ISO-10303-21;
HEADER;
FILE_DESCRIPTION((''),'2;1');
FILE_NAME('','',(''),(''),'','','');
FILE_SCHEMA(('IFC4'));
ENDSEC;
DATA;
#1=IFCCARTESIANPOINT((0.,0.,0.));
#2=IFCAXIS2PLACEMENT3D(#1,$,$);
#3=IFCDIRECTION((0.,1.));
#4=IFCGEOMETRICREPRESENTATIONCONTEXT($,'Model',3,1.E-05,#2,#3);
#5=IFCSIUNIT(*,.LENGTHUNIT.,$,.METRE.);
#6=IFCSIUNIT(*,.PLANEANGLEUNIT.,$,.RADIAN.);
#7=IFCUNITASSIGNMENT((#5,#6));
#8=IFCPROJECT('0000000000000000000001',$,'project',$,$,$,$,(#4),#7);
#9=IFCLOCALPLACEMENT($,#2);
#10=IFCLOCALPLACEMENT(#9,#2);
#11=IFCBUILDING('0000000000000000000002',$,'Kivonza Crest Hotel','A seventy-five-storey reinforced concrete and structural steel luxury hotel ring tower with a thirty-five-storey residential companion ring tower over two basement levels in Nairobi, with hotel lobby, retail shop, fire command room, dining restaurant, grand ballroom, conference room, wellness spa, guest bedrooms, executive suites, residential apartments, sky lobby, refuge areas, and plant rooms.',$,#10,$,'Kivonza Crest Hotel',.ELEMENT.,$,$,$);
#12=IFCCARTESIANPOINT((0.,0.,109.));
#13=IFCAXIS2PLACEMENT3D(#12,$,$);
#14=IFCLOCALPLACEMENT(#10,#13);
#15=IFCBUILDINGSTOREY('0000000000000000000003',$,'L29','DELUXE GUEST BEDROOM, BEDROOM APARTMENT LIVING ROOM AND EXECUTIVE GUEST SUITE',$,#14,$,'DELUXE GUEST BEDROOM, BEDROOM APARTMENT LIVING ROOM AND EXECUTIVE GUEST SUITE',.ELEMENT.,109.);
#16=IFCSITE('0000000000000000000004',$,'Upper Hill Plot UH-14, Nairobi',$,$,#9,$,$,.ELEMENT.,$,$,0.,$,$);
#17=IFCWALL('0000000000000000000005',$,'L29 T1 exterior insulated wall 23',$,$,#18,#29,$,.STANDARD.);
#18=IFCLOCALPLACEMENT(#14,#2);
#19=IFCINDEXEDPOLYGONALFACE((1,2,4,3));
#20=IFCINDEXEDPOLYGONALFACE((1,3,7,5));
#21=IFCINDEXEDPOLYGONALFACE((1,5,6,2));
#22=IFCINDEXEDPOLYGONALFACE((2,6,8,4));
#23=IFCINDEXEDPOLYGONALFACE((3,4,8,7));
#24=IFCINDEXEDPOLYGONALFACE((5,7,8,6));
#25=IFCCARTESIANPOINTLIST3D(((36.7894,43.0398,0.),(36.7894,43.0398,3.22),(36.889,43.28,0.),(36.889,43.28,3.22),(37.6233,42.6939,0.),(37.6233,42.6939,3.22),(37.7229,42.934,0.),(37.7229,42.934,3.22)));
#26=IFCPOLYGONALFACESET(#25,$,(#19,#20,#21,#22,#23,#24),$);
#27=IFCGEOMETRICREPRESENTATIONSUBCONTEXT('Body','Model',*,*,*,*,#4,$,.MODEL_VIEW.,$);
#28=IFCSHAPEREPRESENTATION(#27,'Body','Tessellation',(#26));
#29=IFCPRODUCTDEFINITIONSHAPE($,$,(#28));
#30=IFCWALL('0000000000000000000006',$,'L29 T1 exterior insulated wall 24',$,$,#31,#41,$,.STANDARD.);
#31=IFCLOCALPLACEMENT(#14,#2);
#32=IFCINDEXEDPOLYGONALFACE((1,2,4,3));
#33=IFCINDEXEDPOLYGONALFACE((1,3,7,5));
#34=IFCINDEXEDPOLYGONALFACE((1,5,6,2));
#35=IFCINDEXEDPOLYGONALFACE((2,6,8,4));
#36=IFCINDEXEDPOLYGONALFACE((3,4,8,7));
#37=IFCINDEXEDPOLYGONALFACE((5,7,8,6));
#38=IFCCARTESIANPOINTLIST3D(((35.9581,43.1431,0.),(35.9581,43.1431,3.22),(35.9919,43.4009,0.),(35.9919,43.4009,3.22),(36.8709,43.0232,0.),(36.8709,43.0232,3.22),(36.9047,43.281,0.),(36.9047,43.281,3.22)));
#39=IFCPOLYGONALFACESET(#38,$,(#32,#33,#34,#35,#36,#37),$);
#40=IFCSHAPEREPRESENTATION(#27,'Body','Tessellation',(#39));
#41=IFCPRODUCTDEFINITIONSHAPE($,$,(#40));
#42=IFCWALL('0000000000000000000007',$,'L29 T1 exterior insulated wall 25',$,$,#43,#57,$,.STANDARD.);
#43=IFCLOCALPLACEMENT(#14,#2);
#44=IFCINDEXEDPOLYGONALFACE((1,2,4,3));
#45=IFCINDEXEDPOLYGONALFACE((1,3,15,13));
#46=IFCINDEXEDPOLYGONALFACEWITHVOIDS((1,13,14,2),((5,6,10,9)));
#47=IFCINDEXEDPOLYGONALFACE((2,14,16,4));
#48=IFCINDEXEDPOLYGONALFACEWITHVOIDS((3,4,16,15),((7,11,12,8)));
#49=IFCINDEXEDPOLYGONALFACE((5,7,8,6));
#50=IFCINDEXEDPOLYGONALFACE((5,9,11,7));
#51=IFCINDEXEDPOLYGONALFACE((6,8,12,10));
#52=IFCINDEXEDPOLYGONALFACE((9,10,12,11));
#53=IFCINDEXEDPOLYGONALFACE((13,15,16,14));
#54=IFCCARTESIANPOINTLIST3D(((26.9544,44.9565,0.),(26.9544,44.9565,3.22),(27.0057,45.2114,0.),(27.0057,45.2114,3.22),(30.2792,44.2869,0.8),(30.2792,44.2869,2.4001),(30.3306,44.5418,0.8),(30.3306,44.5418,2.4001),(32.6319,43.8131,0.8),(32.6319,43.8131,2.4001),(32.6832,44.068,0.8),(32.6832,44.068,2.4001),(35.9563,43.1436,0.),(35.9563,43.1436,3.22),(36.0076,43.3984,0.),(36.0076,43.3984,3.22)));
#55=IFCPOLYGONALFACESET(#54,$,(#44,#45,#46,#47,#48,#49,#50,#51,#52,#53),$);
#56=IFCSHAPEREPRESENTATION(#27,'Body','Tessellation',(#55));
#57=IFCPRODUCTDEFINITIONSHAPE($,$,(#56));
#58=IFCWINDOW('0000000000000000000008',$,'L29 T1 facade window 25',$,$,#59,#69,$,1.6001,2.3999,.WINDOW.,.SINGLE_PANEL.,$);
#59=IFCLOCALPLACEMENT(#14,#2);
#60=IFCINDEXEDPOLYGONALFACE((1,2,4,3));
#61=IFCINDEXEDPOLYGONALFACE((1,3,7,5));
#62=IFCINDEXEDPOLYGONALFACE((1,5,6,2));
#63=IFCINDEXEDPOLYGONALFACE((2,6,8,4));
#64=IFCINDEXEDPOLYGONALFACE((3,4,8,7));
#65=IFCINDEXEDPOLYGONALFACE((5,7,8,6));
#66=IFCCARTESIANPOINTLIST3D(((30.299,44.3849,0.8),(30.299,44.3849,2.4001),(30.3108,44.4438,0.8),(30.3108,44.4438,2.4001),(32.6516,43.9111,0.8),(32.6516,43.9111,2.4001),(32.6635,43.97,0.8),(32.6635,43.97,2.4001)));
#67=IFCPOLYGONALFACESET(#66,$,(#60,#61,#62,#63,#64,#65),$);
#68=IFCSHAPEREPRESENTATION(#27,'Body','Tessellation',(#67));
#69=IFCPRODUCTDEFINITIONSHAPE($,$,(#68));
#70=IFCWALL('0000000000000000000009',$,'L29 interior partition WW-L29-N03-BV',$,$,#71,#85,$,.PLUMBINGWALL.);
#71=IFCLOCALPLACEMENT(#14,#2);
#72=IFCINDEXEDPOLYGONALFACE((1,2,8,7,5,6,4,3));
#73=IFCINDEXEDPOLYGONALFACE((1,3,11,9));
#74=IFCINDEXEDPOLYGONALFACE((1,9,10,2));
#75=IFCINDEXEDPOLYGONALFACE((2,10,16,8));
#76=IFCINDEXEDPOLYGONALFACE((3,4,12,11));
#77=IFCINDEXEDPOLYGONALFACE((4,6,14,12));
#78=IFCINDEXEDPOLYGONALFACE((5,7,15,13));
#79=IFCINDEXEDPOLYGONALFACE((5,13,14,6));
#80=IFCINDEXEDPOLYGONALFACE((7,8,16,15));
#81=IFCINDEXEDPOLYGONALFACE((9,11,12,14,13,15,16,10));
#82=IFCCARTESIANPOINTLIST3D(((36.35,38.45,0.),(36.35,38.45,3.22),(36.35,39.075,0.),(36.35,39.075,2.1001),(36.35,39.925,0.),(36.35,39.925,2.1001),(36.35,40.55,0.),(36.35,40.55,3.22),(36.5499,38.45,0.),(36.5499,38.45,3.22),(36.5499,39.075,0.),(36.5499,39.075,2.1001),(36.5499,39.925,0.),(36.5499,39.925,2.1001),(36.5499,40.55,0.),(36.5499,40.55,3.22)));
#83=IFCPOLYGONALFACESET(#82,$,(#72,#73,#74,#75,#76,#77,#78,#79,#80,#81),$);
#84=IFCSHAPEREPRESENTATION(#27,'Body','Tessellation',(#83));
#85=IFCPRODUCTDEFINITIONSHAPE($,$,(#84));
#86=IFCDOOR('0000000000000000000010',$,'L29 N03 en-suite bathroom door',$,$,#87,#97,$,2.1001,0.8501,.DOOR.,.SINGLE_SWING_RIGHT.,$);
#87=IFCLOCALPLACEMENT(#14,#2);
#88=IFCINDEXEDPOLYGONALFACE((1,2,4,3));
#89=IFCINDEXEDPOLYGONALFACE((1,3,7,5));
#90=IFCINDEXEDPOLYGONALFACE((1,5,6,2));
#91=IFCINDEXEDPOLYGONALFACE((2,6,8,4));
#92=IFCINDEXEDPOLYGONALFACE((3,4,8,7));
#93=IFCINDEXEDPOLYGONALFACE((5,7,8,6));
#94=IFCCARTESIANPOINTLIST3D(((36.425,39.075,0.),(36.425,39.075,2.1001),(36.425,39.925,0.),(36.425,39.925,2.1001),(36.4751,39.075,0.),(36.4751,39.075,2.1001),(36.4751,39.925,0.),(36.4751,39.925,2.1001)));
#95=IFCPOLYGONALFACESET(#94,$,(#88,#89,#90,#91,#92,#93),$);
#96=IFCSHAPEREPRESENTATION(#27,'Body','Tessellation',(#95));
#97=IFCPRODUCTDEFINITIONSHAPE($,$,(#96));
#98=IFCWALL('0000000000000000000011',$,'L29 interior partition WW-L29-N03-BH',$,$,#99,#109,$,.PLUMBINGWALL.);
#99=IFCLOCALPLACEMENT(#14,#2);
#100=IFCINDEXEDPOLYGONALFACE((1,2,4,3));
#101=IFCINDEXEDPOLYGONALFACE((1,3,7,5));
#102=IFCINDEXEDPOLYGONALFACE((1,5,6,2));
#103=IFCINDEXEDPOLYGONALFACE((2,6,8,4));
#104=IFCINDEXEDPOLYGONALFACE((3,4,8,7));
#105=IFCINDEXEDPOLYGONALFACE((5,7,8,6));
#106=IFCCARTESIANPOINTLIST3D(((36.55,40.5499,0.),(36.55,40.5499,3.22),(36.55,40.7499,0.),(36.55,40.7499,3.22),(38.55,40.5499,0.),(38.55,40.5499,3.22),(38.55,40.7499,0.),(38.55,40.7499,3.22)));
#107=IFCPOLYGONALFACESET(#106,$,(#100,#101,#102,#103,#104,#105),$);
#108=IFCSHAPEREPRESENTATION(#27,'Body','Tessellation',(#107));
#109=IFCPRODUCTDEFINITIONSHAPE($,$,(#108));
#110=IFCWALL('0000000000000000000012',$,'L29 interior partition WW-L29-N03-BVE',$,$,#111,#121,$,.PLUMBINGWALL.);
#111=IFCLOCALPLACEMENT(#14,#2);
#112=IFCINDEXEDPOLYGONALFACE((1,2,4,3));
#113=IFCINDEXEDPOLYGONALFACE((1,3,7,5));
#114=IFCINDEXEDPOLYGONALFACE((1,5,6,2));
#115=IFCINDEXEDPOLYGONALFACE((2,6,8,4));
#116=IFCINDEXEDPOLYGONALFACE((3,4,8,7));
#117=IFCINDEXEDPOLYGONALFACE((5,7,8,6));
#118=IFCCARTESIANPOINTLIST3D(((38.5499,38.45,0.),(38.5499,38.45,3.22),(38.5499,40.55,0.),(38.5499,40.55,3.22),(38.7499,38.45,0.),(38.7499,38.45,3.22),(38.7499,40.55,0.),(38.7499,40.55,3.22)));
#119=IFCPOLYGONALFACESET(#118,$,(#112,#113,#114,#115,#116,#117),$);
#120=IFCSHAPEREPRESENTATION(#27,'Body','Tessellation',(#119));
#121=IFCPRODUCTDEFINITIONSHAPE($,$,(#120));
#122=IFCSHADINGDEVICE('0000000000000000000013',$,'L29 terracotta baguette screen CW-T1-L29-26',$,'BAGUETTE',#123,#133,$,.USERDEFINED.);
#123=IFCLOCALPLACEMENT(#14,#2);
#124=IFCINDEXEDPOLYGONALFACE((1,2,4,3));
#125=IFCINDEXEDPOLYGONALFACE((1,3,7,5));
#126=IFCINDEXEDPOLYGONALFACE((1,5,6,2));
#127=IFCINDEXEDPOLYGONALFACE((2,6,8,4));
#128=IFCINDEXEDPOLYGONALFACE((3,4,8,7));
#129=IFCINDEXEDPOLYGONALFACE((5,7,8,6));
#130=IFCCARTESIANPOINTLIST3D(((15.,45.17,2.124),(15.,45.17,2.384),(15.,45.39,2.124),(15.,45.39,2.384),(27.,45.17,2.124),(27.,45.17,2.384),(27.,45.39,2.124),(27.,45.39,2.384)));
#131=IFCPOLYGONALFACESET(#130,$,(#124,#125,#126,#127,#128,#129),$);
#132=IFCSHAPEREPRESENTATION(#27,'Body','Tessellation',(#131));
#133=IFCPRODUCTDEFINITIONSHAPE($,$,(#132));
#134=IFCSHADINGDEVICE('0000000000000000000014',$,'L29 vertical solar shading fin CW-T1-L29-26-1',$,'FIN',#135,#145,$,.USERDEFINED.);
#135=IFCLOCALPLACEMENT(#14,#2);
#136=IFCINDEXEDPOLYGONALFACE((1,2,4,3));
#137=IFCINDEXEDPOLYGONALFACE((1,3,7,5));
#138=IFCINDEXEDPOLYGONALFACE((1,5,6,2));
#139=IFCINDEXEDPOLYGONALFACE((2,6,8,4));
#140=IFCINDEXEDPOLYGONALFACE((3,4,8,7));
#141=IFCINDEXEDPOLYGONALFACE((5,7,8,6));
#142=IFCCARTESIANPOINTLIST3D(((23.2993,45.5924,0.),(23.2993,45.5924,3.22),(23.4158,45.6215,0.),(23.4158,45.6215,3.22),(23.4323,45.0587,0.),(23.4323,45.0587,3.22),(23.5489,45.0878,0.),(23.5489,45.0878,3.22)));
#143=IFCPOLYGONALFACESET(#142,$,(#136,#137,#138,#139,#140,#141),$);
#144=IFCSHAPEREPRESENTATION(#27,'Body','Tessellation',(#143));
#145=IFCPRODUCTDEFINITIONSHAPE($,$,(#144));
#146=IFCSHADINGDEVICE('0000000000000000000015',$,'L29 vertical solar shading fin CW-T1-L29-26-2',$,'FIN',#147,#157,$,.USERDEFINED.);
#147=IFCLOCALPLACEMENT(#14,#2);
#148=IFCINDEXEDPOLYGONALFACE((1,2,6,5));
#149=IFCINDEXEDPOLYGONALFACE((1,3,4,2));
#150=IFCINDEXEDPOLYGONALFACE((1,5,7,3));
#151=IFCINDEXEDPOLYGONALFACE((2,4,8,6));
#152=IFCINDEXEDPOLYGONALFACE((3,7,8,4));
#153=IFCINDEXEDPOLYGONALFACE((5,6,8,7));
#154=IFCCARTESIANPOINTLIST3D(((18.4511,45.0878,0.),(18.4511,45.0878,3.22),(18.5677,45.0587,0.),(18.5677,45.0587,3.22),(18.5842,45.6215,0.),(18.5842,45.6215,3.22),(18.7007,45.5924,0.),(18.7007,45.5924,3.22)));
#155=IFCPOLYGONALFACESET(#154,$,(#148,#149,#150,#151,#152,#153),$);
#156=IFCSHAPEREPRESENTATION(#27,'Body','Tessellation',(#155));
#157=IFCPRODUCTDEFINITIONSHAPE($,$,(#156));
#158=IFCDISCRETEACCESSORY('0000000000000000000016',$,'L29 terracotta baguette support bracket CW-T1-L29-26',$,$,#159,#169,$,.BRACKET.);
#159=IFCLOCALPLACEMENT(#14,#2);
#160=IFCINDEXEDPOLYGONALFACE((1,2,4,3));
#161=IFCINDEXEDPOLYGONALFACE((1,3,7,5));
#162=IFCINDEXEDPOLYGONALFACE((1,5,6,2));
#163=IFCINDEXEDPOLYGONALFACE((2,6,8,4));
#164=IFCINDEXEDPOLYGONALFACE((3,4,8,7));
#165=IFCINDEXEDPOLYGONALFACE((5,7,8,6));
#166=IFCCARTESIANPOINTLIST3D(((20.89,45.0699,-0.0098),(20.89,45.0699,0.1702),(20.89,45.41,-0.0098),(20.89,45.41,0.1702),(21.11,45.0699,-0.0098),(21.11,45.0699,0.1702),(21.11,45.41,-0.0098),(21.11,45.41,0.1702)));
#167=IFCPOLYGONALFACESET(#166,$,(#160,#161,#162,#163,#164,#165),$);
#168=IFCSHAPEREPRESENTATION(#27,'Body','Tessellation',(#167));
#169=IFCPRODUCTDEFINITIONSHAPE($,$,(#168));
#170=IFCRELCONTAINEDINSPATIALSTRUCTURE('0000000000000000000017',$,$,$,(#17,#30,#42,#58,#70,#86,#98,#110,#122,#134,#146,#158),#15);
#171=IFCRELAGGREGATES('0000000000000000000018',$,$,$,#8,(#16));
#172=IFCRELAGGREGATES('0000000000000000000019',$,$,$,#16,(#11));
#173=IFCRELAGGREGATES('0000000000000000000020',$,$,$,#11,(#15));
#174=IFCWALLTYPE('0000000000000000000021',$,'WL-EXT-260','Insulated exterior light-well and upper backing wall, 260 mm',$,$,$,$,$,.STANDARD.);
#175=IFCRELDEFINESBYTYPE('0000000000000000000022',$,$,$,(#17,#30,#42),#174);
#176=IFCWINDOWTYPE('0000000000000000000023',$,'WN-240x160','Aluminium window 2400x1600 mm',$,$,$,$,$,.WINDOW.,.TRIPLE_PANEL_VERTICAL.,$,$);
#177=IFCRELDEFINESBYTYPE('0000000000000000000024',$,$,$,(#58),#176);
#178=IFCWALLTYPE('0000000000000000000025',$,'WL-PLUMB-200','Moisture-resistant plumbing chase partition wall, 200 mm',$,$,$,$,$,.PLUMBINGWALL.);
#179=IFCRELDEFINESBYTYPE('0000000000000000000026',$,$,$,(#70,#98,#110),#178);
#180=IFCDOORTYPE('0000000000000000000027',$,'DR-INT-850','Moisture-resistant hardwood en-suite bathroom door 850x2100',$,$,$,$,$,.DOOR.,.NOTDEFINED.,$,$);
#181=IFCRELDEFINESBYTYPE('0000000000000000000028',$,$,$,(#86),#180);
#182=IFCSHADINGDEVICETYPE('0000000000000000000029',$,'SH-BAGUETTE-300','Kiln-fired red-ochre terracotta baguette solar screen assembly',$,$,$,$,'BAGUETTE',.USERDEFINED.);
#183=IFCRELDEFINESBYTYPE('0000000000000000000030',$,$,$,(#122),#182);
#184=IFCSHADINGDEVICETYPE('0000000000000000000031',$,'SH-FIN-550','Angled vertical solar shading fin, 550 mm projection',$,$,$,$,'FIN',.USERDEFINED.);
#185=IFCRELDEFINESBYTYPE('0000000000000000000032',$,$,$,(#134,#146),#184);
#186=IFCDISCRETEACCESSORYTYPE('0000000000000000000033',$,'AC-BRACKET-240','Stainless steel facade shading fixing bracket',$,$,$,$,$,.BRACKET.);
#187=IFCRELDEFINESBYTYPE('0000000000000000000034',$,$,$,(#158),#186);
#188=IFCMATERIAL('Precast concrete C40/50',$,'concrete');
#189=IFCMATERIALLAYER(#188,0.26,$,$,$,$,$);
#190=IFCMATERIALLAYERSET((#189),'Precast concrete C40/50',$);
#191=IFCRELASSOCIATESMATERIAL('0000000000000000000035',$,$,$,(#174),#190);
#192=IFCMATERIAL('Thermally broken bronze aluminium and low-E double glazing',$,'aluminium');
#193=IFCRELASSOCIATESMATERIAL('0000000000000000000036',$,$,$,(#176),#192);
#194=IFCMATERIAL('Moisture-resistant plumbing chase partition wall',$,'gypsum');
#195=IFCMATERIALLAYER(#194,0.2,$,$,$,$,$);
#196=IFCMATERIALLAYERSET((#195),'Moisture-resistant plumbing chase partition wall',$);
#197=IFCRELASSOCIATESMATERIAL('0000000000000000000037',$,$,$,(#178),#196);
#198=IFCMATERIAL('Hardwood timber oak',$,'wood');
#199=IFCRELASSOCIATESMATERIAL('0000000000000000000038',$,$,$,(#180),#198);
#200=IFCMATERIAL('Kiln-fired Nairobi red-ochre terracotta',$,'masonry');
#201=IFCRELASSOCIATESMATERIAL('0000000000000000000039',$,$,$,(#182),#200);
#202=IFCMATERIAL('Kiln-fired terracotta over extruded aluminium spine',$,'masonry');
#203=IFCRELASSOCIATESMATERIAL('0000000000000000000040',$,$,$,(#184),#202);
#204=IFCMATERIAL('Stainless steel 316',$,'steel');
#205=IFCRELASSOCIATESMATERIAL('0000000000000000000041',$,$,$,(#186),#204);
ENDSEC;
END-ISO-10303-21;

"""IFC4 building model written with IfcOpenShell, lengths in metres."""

from ifc_helpers import new_model, si_unit, direction, frame, frame_2d, origin, origin_2d, place, context, subcontext, project, spatial, rectangle, extrude, material, layer, layer_set, type_object, element, fill, save


model = new_model("IFC4")

# Units and contexts
model_context = context("Model", 3, precision=1e-05, world=origin(), true_north=direction((0.0, 1.0)))
body_context = subcontext(model_context, "Body", "Model", "MODEL_VIEW")
ifc_project = project(units=[si_unit("LENGTHUNIT", "METRE"), si_unit("PLANEANGLEUNIT", "RADIAN")], contexts=[model_context])

# Site, building, storey
site_placement = place(None, origin())
site = spatial("IfcSite", under=ifc_project, at=site_placement, Name="Upper Hill Plot UH-14, Nairobi", CompositionType="ELEMENT", RefElevation=0.0)
building_placement = place(site_placement, origin())
building = spatial("IfcBuilding", under=site, at=building_placement, Name="Kivonza Crest Hotel", Description="A seventy-five-storey reinforced concrete and structural steel luxury hotel ring tower with a thirty-five-storey residential companion ring tower over two basement levels in Nairobi, with hotel lobby, retail shop, fire command room, dining restaurant, grand ballroom, conference room, wellness spa, guest bedrooms, executive suites, residential apartments, sky lobby, refuge areas, and plant rooms.", LongName="Kivonza Crest Hotel", CompositionType="ELEMENT")
storey_placement = place(building_placement, frame((0.0, 0.0, 109.0)))
storey = spatial("IfcBuildingStorey", under=building, at=storey_placement, Name="L29", Description="DELUXE GUEST BEDROOM, BEDROOM APARTMENT LIVING ROOM AND EXECUTIVE GUEST SUITE", LongName="DELUXE GUEST BEDROOM, BEDROOM APARTMENT LIVING ROOM AND EXECUTIVE GUEST SUITE", CompositionType="ELEMENT", Elevation=109.0)

# Walls
ifc_material_1 = material(Name="Precast concrete C40/50", Category="concrete")
ifc_layer_1 = layer(ifc_material_1, 0.26)
ifc_layer_set_1 = layer_set([ifc_layer_1], Name="Precast concrete C40/50")
wall_type_1 = type_object("IfcWallType", Name="WL-EXT-260", Description="Insulated exterior light-well and upper backing wall, 260 mm", PredefinedType="STANDARD", material=ifc_layer_set_1)
wall_1_placement = place(storey_placement, frame((37.6731, 42.814, 0.0), z_axis=(0.0, 0.0, 1.0), x_axis=(-0.923684, 0.383156, 0.0)))
element("IfcWall", 1, at=wall_1_placement, inside=storey, type_object=wall_type_1, Name="L29 T1 exterior insulated wall 23", PredefinedType="STANDARD", context=body_context, shape_type="SweptSolid", body=[
    extrude(rectangle(XDim=0.9028, YDim=0.26, at=frame_2d((0.4514, 0.0))), origin(), (0.0, 0.0, 1.0), 3.22),
])
wall_2_placement = place(storey_placement, frame((36.8879, 43.1521, 0.0), z_axis=(0.0, 0.0, 1.0), x_axis=(-0.991488, 0.130201, 0.0)))
element("IfcWall", 2, at=wall_2_placement, inside=storey, type_object=wall_type_1, Name="L29 T1 exterior insulated wall 24", PredefinedType="STANDARD", context=body_context, shape_type="SweptSolid", body=[
    extrude(rectangle(XDim=0.9207, YDim=0.26, at=frame_2d((0.4604, 0.0))), origin(), (0.0, 0.0, 1.0), 3.22),
])

# Wall, opening, window
wall_3_placement = place(storey_placement, frame((35.9819, 43.271, 0.0), z_axis=(0.0, 0.0, 1.0), x_axis=(-0.980316, 0.197435, 0.0)))
wall_3 = element("IfcWall", 3, at=wall_3_placement, inside=storey, type_object=wall_type_1, Name="L29 T1 exterior insulated wall 25", PredefinedType="STANDARD", context=body_context, shape_type="SweptSolid", body=[
    extrude(rectangle(XDim=9.1826, YDim=0.26, at=frame_2d((4.5913, 0.0))), origin(), (0.0, 0.0, 1.0), 3.22),
])
opening_1_placement = place(wall_3_placement, frame((3.3911, 0.0, 0.8)))
opening_1 = element("IfcOpeningElement", 4, at=opening_1_placement, cuts=wall_3, PredefinedType="OPENING", context=body_context, shape_type="SweptSolid", body=[
    extrude(rectangle(XDim=2.3999, YDim=1.6001, at=frame_2d((1.2, 0.8))), frame((0.0, 0.1401, 0.0), z_axis=(0.0, -1.0, 0.0), x_axis=(1.0, 0.0, 0.0)), (0.0, 0.0, 1.0), 0.28),
])
ifc_material_2 = material(Name="Thermally broken bronze aluminium and low-E double glazing", Category="aluminium")
window_type = type_object("IfcWindowType", Name="WN-240x160", Description="Aluminium window 2400x1600 mm", PartitioningType="TRIPLE_PANEL_VERTICAL", PredefinedType="WINDOW", material=ifc_material_2)
window_placement = place(opening_1_placement, origin())
window = element("IfcWindow", 5, at=window_placement, inside=storey, type_object=window_type, Name="L29 T1 facade window 25", OverallHeight=1.6001, OverallWidth=2.3999, PartitioningType="SINGLE_PANEL", PredefinedType="WINDOW", context=body_context, shape_type="SweptSolid", body=[
    extrude(rectangle(XDim=2.3999, YDim=1.6001, at=frame_2d((1.2, 0.8))), frame((0.0, 0.03, 0.0), z_axis=(0.0, -1.0, 0.0), x_axis=(1.0, 0.0, 0.0)), (0.0, 0.0, 1.0), 0.0601),
])
fill(opening_1, window)

# Wall, opening, door
ifc_material_3 = material(Name="Moisture-resistant plumbing chase partition wall", Category="gypsum")
ifc_layer_2 = layer(ifc_material_3, 0.2)
ifc_layer_set_2 = layer_set([ifc_layer_2], Name="Moisture-resistant plumbing chase partition wall")
wall_type_2 = type_object("IfcWallType", Name="WL-PLUMB-200", Description="Moisture-resistant plumbing chase partition wall, 200 mm", PredefinedType="PLUMBINGWALL", material=ifc_layer_set_2)
wall_4_placement = place(storey_placement, frame((36.45, 38.45, 0.0), z_axis=(0.0, 0.0, 1.0), x_axis=(0.0, 1.0, 0.0)))
wall_4 = element("IfcWall", 6, at=wall_4_placement, inside=storey, type_object=wall_type_2, Name="L29 interior partition WW-L29-N03-BV", PredefinedType="PLUMBINGWALL", context=body_context, shape_type="SweptSolid", body=[
    extrude(rectangle(XDim=2.1001, YDim=0.2, at=frame_2d((1.05, 0.0))), origin(), (0.0, 0.0, 1.0), 3.22),
])
opening_2_placement = place(wall_4_placement, frame((0.625, 0.0, 0.0)))
opening_2 = element("IfcOpeningElement", 7, at=opening_2_placement, cuts=wall_4, PredefinedType="OPENING", context=body_context, shape_type="SweptSolid", body=[
    extrude(rectangle(XDim=0.8501, YDim=2.1001, at=frame_2d((0.425, 1.05))), frame((0.0, 0.1099, 0.0), z_axis=(0.0, -1.0, 0.0), x_axis=(1.0, 0.0, 0.0)), (0.0, 0.0, 1.0), 0.22),
])
ifc_material_4 = material(Name="Hardwood timber oak", Category="wood")
door_type = type_object("IfcDoorType", Name="DR-INT-850", Description="Moisture-resistant hardwood en-suite bathroom door 850x2100", OperationType="NOTDEFINED", PredefinedType="DOOR", material=ifc_material_4)
door_placement = place(opening_2_placement, origin())
door = element("IfcDoor", 8, at=door_placement, inside=storey, type_object=door_type, Name="L29 N03 en-suite bathroom door", OperationType="SINGLE_SWING_RIGHT", OverallHeight=2.1001, OverallWidth=0.8501, PredefinedType="DOOR", context=body_context, shape_type="SweptSolid", body=[
    extrude(rectangle(XDim=0.8501, YDim=2.1001, at=frame_2d((0.425, 1.05))), frame((0.0, 0.0249, 0.0), z_axis=(0.0, -1.0, 0.0), x_axis=(1.0, 0.0, 0.0)), (0.0, 0.0, 1.0), 0.05),
])
fill(opening_2, door)

# Walls
wall_5_placement = place(storey_placement, frame((36.55, 40.6499, 0.0), z_axis=(0.0, 0.0, 1.0), x_axis=(1.0, 0.0, 0.0)))
element("IfcWall", 9, at=wall_5_placement, inside=storey, type_object=wall_type_2, Name="L29 interior partition WW-L29-N03-BH", PredefinedType="PLUMBINGWALL", context=body_context, shape_type="SweptSolid", body=[
    extrude(rectangle(XDim=2.0, YDim=0.2, at=frame_2d((1.0, 0.0))), origin(), (0.0, 0.0, 1.0), 3.22),
])
wall_6_placement = place(storey_placement, frame((38.6499, 38.45, 0.0), z_axis=(0.0, 0.0, 1.0), x_axis=(0.0, 1.0, 0.0)))
element("IfcWall", 10, at=wall_6_placement, inside=storey, type_object=wall_type_2, Name="L29 interior partition WW-L29-N03-BVE", PredefinedType="PLUMBINGWALL", context=body_context, shape_type="SweptSolid", body=[
    extrude(rectangle(XDim=2.1001, YDim=0.2, at=frame_2d((1.05, 0.0))), origin(), (0.0, 0.0, 1.0), 3.22),
])

# Shading devices
ifc_material_5 = material(Name="Kiln-fired Nairobi red-ochre terracotta", Category="masonry")
shading_device_type_1 = type_object("IfcShadingDeviceType", Name="SH-BAGUETTE-300", Description="Kiln-fired red-ochre terracotta baguette solar screen assembly", ElementType="BAGUETTE", PredefinedType="USERDEFINED", material=ifc_material_5)
shading_device_placement = place(storey_placement, frame((21.0, 45.28, 2.124), z_axis=(0.0, 0.0, 1.0), x_axis=(-1.0, 0.0, 0.0)))
element("IfcShadingDevice", 11, at=shading_device_placement, inside=storey, type_object=shading_device_type_1, Name="L29 terracotta baguette screen CW-T1-L29-26", ObjectType="BAGUETTE", PredefinedType="USERDEFINED", context=body_context, shape_type="SweptSolid", body=[
    extrude(rectangle(XDim=12.0, YDim=0.22, at=origin_2d()), origin(), (0.0, 0.0, 1.0), 0.26),
])
ifc_material_6 = material(Name="Kiln-fired terracotta over extruded aluminium spine", Category="masonry")
shading_device_type_2 = type_object("IfcShadingDeviceType", Name="SH-FIN-550", Description="Angled vertical solar shading fin, 550 mm projection", ElementType="FIN", PredefinedType="USERDEFINED", material=ifc_material_6)
for number, where, z_axis, x_axis, name in (
    (12, (23.4241, 45.3401, 0.0), (0.0, 0.0, 1.0), (-0.970296, -0.241922, 0.0), "L29 vertical solar shading fin CW-T1-L29-26-1"),
    (13, (18.5759, 45.3401, 0.0), (0.0, 0.0, 1.0), (-0.970296, 0.241922, 0.0), "L29 vertical solar shading fin CW-T1-L29-26-2"),
):
    element("IfcShadingDevice", number, at=place(storey_placement, frame(where, z_axis=z_axis, x_axis=x_axis)), inside=storey, type_object=shading_device_type_2, Name=name, ObjectType="FIN", PredefinedType="USERDEFINED", context=body_context, shape_type="SweptSolid", body=[
        extrude(rectangle(XDim=0.1201, YDim=0.55, at=origin_2d()), origin(), (0.0, 0.0, 1.0), 3.22),
    ])

# Discrete accessory
ifc_material_7 = material(Name="Stainless steel 316", Category="steel")
discrete_accessory_type = type_object("IfcDiscreteAccessoryType", Name="AC-BRACKET-240", Description="Stainless steel facade shading fixing bracket", PredefinedType="BRACKET", material=ifc_material_7)
discrete_accessory_placement = place(storey_placement, frame((21.0, 45.24, -0.0098), z_axis=(0.0, 0.0, 1.0), x_axis=(-1.0, 0.0, 0.0)))
element("IfcDiscreteAccessory", 14, at=discrete_accessory_placement, inside=storey, type_object=discrete_accessory_type, Name="L29 terracotta baguette support bracket CW-T1-L29-26", PredefinedType="BRACKET", context=body_context, shape_type="SweptSolid", body=[
    extrude(rectangle(XDim=0.22, YDim=0.3401, at=origin_2d()), origin(), (0.0, 0.0, 1.0), 0.1799),
])

save(model, "model.ifc")
